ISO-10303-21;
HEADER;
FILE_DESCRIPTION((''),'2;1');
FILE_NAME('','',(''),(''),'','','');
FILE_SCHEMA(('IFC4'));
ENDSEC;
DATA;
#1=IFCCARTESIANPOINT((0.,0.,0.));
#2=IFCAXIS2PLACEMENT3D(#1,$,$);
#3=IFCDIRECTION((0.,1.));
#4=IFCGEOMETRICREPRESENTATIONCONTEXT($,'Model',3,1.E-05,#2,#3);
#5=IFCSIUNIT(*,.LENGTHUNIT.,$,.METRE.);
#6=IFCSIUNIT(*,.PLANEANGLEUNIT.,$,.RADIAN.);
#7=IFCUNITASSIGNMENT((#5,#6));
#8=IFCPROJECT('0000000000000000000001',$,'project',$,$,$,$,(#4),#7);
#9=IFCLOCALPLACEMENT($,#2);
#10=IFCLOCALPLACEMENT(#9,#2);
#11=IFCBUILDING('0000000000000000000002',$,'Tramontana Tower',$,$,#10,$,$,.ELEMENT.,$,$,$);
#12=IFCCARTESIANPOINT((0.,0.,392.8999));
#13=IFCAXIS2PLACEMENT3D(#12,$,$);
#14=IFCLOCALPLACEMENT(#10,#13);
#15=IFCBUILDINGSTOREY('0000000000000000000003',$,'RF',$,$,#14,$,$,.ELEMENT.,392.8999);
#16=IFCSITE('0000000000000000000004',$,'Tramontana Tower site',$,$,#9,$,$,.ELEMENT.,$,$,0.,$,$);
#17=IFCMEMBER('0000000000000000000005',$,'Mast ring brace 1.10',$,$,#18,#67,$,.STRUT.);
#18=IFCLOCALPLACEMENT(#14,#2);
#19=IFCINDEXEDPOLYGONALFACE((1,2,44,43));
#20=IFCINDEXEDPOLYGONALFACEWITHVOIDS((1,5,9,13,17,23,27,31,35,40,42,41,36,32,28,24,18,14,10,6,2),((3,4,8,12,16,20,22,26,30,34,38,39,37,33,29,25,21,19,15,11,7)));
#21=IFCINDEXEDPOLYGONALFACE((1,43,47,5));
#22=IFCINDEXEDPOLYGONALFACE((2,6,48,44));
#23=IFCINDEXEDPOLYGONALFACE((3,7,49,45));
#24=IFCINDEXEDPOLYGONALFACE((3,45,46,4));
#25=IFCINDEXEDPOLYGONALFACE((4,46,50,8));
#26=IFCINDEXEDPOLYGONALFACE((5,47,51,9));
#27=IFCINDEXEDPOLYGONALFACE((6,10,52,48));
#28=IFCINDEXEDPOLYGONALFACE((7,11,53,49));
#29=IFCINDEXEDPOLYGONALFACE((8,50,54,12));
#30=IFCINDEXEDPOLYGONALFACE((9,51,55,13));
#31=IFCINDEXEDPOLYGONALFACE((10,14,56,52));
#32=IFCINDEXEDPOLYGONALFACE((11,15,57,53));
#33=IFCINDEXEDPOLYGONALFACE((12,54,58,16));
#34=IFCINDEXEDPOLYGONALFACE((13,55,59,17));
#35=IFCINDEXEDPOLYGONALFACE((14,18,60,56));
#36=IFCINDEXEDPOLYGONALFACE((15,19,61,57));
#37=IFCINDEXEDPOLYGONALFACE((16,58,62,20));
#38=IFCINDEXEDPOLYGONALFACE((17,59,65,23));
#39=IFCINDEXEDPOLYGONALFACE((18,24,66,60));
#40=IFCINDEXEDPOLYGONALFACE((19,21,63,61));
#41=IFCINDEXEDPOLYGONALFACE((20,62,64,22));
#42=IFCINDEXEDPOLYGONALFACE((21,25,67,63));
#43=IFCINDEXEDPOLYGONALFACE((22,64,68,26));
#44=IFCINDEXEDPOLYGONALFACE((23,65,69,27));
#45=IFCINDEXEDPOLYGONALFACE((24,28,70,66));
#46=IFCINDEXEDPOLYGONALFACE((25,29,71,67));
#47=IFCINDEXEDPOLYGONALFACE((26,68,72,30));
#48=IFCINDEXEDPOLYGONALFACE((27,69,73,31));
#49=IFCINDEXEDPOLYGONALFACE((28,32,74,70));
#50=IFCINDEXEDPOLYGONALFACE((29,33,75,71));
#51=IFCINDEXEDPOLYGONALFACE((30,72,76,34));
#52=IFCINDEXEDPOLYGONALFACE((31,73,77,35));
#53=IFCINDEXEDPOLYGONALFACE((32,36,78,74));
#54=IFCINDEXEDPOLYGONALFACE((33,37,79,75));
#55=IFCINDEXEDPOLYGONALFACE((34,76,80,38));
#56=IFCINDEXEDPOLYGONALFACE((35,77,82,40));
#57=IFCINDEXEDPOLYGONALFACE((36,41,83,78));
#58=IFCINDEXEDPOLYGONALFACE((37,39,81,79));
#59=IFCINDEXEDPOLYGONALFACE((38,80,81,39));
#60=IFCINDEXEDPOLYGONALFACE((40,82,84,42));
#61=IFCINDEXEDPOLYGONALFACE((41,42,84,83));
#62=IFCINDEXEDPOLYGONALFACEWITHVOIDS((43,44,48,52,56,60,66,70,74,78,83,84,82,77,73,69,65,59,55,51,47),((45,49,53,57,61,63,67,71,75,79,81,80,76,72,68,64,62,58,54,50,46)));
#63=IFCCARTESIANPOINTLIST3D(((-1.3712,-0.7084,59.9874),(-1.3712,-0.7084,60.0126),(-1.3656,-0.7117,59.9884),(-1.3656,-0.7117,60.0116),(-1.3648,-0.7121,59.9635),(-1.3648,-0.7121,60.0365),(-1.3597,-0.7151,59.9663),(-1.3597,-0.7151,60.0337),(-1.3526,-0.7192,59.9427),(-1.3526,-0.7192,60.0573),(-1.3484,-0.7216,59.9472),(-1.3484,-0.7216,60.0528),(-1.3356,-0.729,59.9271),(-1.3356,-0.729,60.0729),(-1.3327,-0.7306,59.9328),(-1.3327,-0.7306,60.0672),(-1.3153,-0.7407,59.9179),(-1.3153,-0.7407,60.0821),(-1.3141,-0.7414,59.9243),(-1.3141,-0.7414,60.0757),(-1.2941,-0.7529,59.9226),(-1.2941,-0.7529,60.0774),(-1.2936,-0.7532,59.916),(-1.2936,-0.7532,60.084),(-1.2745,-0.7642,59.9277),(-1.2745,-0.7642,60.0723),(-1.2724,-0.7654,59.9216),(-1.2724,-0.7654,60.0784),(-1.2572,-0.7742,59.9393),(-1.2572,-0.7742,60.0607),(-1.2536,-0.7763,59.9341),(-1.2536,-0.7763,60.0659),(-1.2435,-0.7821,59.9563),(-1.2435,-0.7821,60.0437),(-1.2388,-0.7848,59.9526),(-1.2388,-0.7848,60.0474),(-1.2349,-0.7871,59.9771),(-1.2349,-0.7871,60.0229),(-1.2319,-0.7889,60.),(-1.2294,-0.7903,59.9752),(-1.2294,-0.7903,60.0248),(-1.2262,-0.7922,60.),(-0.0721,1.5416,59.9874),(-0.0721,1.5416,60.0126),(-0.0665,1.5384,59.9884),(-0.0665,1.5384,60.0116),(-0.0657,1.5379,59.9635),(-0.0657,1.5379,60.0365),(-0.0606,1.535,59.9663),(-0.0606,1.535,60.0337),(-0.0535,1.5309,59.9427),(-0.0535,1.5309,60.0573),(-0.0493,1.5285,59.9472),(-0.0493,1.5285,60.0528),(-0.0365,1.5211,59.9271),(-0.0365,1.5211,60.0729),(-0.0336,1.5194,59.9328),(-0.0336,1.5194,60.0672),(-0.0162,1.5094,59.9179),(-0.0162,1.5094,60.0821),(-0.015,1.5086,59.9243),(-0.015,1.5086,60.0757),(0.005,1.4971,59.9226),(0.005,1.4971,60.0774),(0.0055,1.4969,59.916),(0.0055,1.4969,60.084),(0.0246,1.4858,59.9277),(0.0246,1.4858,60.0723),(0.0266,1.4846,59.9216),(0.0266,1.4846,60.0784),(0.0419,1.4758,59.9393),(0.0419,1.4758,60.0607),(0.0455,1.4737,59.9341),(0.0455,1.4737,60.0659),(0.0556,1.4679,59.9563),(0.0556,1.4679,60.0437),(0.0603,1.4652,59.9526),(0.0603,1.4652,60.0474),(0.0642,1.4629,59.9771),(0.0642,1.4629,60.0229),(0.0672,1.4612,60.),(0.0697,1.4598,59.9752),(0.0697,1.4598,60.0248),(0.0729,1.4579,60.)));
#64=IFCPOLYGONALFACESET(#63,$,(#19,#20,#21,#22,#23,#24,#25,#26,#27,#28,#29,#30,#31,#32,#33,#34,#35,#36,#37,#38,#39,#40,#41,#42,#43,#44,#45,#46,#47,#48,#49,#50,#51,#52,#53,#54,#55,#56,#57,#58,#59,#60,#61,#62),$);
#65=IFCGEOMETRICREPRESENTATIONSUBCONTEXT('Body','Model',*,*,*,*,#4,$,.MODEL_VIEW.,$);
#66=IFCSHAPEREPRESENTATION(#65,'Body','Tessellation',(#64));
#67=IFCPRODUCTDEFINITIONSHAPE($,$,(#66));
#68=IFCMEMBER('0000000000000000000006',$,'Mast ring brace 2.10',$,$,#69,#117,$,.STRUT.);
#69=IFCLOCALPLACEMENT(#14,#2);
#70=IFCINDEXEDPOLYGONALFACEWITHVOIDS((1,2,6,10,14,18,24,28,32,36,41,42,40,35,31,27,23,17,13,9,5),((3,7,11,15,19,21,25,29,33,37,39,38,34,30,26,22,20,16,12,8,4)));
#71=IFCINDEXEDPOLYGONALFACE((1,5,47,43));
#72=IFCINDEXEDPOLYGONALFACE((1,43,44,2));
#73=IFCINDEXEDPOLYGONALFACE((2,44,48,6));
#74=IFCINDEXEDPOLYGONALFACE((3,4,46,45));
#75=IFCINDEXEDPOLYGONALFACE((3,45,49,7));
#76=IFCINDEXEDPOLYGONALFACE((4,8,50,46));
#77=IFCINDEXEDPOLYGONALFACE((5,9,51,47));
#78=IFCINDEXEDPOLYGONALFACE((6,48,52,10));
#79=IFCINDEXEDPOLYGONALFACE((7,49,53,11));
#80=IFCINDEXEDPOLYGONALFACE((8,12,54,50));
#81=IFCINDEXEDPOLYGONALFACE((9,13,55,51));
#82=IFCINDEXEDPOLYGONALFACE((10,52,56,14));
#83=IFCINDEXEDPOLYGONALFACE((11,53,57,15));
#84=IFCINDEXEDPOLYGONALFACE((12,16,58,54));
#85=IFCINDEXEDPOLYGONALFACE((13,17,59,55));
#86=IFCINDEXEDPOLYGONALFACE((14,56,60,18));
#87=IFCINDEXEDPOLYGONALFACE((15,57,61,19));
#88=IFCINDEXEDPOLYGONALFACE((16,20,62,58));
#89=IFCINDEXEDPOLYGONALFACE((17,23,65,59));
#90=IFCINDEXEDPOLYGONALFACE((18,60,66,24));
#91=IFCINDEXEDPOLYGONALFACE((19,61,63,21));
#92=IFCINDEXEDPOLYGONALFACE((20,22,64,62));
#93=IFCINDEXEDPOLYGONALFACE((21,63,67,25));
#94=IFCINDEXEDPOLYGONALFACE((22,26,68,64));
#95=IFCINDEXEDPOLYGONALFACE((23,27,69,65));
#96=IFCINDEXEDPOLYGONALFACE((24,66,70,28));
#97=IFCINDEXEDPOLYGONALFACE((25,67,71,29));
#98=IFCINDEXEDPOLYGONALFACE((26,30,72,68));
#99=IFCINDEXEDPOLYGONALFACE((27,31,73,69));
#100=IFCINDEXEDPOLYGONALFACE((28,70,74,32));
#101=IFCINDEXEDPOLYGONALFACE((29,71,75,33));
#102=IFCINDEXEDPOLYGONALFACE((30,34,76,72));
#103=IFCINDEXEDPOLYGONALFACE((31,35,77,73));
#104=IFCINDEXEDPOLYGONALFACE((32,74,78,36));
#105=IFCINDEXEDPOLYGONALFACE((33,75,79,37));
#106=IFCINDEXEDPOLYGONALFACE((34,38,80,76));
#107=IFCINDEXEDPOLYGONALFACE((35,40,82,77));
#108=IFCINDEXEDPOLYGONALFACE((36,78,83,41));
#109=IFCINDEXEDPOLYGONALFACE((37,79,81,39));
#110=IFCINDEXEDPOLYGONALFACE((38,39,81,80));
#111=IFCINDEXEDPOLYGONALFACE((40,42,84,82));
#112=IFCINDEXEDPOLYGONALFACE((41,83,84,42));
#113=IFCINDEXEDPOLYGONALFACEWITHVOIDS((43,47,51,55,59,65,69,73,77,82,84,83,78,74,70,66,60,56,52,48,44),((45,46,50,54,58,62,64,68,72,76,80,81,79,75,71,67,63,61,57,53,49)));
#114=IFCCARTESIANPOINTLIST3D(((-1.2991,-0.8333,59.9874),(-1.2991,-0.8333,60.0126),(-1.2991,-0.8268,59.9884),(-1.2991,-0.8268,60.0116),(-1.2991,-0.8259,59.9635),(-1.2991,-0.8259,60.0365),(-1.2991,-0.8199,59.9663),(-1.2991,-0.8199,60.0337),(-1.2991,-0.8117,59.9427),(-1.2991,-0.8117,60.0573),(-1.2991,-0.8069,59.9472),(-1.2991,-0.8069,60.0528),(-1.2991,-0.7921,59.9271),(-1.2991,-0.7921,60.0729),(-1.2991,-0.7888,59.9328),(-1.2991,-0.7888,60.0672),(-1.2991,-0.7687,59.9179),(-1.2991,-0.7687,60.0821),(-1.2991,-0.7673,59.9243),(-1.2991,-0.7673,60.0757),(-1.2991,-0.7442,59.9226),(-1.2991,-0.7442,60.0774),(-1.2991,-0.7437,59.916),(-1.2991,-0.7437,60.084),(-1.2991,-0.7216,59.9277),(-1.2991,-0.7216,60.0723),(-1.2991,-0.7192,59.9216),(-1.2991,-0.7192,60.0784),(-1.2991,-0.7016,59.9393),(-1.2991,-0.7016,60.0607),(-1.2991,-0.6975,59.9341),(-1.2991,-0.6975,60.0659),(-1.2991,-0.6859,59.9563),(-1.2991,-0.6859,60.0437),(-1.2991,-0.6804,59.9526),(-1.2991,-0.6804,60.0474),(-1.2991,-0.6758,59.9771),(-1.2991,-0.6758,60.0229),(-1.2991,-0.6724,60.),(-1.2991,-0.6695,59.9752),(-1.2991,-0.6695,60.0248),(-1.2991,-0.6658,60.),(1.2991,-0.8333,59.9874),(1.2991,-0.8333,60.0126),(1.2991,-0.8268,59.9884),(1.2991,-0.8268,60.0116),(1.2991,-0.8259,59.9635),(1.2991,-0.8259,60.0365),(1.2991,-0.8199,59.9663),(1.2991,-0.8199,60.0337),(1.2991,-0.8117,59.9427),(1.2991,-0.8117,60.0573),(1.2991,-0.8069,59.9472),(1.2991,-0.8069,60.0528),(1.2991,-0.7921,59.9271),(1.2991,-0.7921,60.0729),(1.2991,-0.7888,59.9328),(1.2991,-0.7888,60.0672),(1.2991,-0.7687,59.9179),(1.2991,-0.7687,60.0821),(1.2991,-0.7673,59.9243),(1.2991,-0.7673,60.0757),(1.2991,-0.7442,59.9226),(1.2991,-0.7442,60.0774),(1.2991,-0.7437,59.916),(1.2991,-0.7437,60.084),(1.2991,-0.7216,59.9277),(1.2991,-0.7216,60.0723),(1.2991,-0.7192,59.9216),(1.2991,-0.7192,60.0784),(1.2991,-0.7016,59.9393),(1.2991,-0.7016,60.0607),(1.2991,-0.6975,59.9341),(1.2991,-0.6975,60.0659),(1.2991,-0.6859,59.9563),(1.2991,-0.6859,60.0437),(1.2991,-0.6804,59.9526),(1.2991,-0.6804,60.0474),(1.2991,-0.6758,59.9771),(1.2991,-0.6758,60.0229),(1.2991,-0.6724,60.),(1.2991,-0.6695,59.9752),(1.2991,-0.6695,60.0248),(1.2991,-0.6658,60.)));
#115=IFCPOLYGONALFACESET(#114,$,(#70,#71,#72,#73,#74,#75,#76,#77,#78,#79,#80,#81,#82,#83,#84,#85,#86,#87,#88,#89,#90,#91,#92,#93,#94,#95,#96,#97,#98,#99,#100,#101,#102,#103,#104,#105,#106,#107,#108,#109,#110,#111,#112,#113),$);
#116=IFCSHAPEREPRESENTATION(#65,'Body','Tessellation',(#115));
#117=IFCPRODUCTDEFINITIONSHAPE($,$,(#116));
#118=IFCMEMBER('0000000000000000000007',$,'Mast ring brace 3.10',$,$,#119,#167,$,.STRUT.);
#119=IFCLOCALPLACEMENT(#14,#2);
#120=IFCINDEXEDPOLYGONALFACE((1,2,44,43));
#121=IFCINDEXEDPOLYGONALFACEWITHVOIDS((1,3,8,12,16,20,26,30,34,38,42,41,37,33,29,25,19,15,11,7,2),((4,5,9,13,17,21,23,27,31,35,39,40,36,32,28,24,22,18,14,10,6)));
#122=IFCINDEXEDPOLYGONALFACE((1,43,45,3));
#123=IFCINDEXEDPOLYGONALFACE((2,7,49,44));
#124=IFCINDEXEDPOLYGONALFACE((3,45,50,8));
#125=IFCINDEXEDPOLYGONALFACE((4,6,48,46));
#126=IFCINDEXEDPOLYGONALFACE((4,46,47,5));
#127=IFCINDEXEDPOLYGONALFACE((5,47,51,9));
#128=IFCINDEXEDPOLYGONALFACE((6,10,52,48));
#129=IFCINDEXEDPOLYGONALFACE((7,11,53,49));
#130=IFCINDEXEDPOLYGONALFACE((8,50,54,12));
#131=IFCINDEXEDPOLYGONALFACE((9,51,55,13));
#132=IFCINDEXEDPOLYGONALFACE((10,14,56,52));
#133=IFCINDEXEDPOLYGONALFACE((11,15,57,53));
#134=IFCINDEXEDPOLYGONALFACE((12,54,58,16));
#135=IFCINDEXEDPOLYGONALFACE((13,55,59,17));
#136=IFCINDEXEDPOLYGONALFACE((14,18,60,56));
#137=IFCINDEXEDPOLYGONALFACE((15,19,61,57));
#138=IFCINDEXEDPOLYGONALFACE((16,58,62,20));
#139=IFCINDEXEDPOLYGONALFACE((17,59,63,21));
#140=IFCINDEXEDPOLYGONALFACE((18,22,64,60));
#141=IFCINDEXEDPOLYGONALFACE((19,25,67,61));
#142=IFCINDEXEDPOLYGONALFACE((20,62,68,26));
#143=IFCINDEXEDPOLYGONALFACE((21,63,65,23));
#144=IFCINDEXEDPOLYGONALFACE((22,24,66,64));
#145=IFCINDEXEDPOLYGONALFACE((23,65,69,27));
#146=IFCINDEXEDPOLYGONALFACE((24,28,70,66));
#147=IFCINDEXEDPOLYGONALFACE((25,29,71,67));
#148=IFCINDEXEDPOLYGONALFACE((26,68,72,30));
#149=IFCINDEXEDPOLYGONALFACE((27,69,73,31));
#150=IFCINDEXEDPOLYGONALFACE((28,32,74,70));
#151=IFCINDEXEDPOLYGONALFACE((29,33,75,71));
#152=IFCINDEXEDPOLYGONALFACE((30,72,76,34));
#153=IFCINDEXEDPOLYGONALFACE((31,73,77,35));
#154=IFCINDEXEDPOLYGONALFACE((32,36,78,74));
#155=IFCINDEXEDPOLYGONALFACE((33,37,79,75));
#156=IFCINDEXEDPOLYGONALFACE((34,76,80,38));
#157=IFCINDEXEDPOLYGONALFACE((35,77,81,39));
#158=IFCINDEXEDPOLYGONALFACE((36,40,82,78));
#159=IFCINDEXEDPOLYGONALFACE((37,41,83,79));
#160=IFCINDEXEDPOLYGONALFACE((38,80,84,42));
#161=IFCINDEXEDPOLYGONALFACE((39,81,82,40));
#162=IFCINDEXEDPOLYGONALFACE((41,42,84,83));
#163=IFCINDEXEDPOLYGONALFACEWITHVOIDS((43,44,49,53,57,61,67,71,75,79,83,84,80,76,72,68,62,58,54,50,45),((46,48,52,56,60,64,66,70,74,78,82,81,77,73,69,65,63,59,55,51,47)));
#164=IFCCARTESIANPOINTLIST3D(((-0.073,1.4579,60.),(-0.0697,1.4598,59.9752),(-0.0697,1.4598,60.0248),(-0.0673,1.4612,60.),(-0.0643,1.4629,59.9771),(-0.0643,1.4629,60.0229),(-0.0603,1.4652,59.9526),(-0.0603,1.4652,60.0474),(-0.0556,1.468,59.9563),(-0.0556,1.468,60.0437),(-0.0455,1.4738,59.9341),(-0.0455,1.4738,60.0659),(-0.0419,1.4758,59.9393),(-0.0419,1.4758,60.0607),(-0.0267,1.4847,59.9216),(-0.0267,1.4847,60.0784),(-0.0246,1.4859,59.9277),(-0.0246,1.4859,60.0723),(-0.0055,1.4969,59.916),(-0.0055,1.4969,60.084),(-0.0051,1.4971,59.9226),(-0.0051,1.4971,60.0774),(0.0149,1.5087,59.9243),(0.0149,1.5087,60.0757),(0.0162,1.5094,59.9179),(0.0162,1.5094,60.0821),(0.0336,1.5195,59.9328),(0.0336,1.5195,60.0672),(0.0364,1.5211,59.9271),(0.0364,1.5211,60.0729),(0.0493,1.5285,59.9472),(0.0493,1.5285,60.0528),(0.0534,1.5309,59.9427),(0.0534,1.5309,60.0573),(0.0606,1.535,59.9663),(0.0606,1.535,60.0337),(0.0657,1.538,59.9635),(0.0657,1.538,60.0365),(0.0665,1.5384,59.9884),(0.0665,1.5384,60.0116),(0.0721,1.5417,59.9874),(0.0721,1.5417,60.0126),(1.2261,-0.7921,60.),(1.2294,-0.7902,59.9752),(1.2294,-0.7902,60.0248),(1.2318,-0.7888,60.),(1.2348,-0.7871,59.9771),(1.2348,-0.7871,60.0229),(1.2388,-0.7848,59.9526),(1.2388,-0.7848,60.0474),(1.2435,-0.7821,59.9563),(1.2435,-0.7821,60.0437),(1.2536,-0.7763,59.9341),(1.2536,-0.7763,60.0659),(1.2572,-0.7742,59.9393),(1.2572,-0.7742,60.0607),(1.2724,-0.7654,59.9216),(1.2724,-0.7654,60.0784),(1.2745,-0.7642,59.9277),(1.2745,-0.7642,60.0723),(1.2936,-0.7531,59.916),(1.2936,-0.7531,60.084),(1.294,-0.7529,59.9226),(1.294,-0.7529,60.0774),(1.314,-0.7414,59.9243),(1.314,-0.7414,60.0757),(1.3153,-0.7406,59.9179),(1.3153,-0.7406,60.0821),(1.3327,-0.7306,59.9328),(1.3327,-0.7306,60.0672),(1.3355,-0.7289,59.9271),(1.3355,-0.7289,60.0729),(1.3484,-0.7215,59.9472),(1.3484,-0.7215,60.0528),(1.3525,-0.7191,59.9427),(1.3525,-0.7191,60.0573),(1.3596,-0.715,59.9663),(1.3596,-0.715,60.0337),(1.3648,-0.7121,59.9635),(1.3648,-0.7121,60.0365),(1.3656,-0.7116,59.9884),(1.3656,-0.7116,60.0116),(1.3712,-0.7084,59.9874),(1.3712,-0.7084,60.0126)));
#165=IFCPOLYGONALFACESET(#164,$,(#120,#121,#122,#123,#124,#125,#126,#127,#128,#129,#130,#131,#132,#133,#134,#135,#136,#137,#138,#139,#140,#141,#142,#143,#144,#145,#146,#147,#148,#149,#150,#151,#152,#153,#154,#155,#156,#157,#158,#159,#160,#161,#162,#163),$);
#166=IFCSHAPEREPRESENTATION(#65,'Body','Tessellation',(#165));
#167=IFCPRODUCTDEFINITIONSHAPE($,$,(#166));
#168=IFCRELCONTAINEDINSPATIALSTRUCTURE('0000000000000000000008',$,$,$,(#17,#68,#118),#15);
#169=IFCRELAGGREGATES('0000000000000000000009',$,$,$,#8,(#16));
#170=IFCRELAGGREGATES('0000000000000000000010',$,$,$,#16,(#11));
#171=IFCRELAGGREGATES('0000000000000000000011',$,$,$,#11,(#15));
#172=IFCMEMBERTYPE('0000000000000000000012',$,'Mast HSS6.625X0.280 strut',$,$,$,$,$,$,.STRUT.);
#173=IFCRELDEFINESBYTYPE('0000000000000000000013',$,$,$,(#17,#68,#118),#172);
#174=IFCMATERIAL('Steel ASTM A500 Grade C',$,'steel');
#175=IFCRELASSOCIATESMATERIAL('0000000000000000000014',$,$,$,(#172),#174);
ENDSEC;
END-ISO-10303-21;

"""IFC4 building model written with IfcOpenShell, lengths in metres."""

from ifc_helpers import new_model, si_unit, direction, frame, origin, origin_2d, place, context, subcontext, project, spatial, hollow_circle, extrude, material, material_profile, profile_set, type_object, element, save


model = new_model("IFC4")

# Units and contexts
model_context = context("Model", 3, precision=1e-05, world=origin(), true_north=direction((0.0, 1.0)))
body_context = subcontext(model_context, "Body", "Model", "MODEL_VIEW")
ifc_project = project(units=[si_unit("LENGTHUNIT", "METRE"), si_unit("PLANEANGLEUNIT", "RADIAN")], contexts=[model_context])

# Site, building, storey
site_placement = place(None, origin())
site = spatial("IfcSite", under=ifc_project, at=site_placement, Name="Tramontana Tower site", CompositionType="ELEMENT", RefElevation=0.0)
building_placement = place(site_placement, origin())
building = spatial("IfcBuilding", under=site, at=building_placement, Name="Tramontana Tower", CompositionType="ELEMENT")
storey_placement = place(building_placement, frame((0.0, 0.0, 392.8999)))
storey = spatial("IfcBuildingStorey", under=building, at=storey_placement, Name="RF", CompositionType="ELEMENT", Elevation=392.8999)

# Members
ifc_material_1 = material(Name="Steel ASTM A500 Grade C", Category="steel")
ifc_material_profile_1 = material_profile(ifc_material_1, hollow_circle(Radius=0.0842, WallThickness=0.0066, at=origin_2d()), Name="HSS6.625X0.280")
ifc_profile_set_1 = profile_set([ifc_material_profile_1], Name="Steel ASTM A500 Grade C")
member_type_1 = type_object("IfcMemberType", Name="Mast HSS6.625X0.280 strut", PredefinedType="STRUT", material=ifc_profile_set_1)
for number, where, z_axis, x_axis, name in (
    (1, (0.0, 1.5, 60.0), (-0.50001, -0.86602, 0.0), (0.86602, -0.50001, 0.0), "Mast ring brace 1.10"),
    (2, (-1.2991, -0.75, 60.0), (1.0, 0.0, 0.0), (0.0, 1.0, 0.0), "Mast ring brace 2.10"),
    (3, (1.2991, -0.75, 60.0), (-0.50001, 0.86602, 0.0), (-0.86602, -0.50001, 0.0), "Mast ring brace 3.10"),
):
    element("IfcMember", number, at=place(storey_placement, frame(where, z_axis=z_axis, x_axis=x_axis)), inside=storey, type_object=member_type_1, Name=name, PredefinedType="STRUT", context=body_context, shape_type="SweptSolid", body=[
        extrude(hollow_circle(Radius=0.0842, WallThickness=0.0066, at=origin_2d()), origin(), (0.0, 0.0, 1.0), 2.5981),
    ])

save(model, "model.ifc")
